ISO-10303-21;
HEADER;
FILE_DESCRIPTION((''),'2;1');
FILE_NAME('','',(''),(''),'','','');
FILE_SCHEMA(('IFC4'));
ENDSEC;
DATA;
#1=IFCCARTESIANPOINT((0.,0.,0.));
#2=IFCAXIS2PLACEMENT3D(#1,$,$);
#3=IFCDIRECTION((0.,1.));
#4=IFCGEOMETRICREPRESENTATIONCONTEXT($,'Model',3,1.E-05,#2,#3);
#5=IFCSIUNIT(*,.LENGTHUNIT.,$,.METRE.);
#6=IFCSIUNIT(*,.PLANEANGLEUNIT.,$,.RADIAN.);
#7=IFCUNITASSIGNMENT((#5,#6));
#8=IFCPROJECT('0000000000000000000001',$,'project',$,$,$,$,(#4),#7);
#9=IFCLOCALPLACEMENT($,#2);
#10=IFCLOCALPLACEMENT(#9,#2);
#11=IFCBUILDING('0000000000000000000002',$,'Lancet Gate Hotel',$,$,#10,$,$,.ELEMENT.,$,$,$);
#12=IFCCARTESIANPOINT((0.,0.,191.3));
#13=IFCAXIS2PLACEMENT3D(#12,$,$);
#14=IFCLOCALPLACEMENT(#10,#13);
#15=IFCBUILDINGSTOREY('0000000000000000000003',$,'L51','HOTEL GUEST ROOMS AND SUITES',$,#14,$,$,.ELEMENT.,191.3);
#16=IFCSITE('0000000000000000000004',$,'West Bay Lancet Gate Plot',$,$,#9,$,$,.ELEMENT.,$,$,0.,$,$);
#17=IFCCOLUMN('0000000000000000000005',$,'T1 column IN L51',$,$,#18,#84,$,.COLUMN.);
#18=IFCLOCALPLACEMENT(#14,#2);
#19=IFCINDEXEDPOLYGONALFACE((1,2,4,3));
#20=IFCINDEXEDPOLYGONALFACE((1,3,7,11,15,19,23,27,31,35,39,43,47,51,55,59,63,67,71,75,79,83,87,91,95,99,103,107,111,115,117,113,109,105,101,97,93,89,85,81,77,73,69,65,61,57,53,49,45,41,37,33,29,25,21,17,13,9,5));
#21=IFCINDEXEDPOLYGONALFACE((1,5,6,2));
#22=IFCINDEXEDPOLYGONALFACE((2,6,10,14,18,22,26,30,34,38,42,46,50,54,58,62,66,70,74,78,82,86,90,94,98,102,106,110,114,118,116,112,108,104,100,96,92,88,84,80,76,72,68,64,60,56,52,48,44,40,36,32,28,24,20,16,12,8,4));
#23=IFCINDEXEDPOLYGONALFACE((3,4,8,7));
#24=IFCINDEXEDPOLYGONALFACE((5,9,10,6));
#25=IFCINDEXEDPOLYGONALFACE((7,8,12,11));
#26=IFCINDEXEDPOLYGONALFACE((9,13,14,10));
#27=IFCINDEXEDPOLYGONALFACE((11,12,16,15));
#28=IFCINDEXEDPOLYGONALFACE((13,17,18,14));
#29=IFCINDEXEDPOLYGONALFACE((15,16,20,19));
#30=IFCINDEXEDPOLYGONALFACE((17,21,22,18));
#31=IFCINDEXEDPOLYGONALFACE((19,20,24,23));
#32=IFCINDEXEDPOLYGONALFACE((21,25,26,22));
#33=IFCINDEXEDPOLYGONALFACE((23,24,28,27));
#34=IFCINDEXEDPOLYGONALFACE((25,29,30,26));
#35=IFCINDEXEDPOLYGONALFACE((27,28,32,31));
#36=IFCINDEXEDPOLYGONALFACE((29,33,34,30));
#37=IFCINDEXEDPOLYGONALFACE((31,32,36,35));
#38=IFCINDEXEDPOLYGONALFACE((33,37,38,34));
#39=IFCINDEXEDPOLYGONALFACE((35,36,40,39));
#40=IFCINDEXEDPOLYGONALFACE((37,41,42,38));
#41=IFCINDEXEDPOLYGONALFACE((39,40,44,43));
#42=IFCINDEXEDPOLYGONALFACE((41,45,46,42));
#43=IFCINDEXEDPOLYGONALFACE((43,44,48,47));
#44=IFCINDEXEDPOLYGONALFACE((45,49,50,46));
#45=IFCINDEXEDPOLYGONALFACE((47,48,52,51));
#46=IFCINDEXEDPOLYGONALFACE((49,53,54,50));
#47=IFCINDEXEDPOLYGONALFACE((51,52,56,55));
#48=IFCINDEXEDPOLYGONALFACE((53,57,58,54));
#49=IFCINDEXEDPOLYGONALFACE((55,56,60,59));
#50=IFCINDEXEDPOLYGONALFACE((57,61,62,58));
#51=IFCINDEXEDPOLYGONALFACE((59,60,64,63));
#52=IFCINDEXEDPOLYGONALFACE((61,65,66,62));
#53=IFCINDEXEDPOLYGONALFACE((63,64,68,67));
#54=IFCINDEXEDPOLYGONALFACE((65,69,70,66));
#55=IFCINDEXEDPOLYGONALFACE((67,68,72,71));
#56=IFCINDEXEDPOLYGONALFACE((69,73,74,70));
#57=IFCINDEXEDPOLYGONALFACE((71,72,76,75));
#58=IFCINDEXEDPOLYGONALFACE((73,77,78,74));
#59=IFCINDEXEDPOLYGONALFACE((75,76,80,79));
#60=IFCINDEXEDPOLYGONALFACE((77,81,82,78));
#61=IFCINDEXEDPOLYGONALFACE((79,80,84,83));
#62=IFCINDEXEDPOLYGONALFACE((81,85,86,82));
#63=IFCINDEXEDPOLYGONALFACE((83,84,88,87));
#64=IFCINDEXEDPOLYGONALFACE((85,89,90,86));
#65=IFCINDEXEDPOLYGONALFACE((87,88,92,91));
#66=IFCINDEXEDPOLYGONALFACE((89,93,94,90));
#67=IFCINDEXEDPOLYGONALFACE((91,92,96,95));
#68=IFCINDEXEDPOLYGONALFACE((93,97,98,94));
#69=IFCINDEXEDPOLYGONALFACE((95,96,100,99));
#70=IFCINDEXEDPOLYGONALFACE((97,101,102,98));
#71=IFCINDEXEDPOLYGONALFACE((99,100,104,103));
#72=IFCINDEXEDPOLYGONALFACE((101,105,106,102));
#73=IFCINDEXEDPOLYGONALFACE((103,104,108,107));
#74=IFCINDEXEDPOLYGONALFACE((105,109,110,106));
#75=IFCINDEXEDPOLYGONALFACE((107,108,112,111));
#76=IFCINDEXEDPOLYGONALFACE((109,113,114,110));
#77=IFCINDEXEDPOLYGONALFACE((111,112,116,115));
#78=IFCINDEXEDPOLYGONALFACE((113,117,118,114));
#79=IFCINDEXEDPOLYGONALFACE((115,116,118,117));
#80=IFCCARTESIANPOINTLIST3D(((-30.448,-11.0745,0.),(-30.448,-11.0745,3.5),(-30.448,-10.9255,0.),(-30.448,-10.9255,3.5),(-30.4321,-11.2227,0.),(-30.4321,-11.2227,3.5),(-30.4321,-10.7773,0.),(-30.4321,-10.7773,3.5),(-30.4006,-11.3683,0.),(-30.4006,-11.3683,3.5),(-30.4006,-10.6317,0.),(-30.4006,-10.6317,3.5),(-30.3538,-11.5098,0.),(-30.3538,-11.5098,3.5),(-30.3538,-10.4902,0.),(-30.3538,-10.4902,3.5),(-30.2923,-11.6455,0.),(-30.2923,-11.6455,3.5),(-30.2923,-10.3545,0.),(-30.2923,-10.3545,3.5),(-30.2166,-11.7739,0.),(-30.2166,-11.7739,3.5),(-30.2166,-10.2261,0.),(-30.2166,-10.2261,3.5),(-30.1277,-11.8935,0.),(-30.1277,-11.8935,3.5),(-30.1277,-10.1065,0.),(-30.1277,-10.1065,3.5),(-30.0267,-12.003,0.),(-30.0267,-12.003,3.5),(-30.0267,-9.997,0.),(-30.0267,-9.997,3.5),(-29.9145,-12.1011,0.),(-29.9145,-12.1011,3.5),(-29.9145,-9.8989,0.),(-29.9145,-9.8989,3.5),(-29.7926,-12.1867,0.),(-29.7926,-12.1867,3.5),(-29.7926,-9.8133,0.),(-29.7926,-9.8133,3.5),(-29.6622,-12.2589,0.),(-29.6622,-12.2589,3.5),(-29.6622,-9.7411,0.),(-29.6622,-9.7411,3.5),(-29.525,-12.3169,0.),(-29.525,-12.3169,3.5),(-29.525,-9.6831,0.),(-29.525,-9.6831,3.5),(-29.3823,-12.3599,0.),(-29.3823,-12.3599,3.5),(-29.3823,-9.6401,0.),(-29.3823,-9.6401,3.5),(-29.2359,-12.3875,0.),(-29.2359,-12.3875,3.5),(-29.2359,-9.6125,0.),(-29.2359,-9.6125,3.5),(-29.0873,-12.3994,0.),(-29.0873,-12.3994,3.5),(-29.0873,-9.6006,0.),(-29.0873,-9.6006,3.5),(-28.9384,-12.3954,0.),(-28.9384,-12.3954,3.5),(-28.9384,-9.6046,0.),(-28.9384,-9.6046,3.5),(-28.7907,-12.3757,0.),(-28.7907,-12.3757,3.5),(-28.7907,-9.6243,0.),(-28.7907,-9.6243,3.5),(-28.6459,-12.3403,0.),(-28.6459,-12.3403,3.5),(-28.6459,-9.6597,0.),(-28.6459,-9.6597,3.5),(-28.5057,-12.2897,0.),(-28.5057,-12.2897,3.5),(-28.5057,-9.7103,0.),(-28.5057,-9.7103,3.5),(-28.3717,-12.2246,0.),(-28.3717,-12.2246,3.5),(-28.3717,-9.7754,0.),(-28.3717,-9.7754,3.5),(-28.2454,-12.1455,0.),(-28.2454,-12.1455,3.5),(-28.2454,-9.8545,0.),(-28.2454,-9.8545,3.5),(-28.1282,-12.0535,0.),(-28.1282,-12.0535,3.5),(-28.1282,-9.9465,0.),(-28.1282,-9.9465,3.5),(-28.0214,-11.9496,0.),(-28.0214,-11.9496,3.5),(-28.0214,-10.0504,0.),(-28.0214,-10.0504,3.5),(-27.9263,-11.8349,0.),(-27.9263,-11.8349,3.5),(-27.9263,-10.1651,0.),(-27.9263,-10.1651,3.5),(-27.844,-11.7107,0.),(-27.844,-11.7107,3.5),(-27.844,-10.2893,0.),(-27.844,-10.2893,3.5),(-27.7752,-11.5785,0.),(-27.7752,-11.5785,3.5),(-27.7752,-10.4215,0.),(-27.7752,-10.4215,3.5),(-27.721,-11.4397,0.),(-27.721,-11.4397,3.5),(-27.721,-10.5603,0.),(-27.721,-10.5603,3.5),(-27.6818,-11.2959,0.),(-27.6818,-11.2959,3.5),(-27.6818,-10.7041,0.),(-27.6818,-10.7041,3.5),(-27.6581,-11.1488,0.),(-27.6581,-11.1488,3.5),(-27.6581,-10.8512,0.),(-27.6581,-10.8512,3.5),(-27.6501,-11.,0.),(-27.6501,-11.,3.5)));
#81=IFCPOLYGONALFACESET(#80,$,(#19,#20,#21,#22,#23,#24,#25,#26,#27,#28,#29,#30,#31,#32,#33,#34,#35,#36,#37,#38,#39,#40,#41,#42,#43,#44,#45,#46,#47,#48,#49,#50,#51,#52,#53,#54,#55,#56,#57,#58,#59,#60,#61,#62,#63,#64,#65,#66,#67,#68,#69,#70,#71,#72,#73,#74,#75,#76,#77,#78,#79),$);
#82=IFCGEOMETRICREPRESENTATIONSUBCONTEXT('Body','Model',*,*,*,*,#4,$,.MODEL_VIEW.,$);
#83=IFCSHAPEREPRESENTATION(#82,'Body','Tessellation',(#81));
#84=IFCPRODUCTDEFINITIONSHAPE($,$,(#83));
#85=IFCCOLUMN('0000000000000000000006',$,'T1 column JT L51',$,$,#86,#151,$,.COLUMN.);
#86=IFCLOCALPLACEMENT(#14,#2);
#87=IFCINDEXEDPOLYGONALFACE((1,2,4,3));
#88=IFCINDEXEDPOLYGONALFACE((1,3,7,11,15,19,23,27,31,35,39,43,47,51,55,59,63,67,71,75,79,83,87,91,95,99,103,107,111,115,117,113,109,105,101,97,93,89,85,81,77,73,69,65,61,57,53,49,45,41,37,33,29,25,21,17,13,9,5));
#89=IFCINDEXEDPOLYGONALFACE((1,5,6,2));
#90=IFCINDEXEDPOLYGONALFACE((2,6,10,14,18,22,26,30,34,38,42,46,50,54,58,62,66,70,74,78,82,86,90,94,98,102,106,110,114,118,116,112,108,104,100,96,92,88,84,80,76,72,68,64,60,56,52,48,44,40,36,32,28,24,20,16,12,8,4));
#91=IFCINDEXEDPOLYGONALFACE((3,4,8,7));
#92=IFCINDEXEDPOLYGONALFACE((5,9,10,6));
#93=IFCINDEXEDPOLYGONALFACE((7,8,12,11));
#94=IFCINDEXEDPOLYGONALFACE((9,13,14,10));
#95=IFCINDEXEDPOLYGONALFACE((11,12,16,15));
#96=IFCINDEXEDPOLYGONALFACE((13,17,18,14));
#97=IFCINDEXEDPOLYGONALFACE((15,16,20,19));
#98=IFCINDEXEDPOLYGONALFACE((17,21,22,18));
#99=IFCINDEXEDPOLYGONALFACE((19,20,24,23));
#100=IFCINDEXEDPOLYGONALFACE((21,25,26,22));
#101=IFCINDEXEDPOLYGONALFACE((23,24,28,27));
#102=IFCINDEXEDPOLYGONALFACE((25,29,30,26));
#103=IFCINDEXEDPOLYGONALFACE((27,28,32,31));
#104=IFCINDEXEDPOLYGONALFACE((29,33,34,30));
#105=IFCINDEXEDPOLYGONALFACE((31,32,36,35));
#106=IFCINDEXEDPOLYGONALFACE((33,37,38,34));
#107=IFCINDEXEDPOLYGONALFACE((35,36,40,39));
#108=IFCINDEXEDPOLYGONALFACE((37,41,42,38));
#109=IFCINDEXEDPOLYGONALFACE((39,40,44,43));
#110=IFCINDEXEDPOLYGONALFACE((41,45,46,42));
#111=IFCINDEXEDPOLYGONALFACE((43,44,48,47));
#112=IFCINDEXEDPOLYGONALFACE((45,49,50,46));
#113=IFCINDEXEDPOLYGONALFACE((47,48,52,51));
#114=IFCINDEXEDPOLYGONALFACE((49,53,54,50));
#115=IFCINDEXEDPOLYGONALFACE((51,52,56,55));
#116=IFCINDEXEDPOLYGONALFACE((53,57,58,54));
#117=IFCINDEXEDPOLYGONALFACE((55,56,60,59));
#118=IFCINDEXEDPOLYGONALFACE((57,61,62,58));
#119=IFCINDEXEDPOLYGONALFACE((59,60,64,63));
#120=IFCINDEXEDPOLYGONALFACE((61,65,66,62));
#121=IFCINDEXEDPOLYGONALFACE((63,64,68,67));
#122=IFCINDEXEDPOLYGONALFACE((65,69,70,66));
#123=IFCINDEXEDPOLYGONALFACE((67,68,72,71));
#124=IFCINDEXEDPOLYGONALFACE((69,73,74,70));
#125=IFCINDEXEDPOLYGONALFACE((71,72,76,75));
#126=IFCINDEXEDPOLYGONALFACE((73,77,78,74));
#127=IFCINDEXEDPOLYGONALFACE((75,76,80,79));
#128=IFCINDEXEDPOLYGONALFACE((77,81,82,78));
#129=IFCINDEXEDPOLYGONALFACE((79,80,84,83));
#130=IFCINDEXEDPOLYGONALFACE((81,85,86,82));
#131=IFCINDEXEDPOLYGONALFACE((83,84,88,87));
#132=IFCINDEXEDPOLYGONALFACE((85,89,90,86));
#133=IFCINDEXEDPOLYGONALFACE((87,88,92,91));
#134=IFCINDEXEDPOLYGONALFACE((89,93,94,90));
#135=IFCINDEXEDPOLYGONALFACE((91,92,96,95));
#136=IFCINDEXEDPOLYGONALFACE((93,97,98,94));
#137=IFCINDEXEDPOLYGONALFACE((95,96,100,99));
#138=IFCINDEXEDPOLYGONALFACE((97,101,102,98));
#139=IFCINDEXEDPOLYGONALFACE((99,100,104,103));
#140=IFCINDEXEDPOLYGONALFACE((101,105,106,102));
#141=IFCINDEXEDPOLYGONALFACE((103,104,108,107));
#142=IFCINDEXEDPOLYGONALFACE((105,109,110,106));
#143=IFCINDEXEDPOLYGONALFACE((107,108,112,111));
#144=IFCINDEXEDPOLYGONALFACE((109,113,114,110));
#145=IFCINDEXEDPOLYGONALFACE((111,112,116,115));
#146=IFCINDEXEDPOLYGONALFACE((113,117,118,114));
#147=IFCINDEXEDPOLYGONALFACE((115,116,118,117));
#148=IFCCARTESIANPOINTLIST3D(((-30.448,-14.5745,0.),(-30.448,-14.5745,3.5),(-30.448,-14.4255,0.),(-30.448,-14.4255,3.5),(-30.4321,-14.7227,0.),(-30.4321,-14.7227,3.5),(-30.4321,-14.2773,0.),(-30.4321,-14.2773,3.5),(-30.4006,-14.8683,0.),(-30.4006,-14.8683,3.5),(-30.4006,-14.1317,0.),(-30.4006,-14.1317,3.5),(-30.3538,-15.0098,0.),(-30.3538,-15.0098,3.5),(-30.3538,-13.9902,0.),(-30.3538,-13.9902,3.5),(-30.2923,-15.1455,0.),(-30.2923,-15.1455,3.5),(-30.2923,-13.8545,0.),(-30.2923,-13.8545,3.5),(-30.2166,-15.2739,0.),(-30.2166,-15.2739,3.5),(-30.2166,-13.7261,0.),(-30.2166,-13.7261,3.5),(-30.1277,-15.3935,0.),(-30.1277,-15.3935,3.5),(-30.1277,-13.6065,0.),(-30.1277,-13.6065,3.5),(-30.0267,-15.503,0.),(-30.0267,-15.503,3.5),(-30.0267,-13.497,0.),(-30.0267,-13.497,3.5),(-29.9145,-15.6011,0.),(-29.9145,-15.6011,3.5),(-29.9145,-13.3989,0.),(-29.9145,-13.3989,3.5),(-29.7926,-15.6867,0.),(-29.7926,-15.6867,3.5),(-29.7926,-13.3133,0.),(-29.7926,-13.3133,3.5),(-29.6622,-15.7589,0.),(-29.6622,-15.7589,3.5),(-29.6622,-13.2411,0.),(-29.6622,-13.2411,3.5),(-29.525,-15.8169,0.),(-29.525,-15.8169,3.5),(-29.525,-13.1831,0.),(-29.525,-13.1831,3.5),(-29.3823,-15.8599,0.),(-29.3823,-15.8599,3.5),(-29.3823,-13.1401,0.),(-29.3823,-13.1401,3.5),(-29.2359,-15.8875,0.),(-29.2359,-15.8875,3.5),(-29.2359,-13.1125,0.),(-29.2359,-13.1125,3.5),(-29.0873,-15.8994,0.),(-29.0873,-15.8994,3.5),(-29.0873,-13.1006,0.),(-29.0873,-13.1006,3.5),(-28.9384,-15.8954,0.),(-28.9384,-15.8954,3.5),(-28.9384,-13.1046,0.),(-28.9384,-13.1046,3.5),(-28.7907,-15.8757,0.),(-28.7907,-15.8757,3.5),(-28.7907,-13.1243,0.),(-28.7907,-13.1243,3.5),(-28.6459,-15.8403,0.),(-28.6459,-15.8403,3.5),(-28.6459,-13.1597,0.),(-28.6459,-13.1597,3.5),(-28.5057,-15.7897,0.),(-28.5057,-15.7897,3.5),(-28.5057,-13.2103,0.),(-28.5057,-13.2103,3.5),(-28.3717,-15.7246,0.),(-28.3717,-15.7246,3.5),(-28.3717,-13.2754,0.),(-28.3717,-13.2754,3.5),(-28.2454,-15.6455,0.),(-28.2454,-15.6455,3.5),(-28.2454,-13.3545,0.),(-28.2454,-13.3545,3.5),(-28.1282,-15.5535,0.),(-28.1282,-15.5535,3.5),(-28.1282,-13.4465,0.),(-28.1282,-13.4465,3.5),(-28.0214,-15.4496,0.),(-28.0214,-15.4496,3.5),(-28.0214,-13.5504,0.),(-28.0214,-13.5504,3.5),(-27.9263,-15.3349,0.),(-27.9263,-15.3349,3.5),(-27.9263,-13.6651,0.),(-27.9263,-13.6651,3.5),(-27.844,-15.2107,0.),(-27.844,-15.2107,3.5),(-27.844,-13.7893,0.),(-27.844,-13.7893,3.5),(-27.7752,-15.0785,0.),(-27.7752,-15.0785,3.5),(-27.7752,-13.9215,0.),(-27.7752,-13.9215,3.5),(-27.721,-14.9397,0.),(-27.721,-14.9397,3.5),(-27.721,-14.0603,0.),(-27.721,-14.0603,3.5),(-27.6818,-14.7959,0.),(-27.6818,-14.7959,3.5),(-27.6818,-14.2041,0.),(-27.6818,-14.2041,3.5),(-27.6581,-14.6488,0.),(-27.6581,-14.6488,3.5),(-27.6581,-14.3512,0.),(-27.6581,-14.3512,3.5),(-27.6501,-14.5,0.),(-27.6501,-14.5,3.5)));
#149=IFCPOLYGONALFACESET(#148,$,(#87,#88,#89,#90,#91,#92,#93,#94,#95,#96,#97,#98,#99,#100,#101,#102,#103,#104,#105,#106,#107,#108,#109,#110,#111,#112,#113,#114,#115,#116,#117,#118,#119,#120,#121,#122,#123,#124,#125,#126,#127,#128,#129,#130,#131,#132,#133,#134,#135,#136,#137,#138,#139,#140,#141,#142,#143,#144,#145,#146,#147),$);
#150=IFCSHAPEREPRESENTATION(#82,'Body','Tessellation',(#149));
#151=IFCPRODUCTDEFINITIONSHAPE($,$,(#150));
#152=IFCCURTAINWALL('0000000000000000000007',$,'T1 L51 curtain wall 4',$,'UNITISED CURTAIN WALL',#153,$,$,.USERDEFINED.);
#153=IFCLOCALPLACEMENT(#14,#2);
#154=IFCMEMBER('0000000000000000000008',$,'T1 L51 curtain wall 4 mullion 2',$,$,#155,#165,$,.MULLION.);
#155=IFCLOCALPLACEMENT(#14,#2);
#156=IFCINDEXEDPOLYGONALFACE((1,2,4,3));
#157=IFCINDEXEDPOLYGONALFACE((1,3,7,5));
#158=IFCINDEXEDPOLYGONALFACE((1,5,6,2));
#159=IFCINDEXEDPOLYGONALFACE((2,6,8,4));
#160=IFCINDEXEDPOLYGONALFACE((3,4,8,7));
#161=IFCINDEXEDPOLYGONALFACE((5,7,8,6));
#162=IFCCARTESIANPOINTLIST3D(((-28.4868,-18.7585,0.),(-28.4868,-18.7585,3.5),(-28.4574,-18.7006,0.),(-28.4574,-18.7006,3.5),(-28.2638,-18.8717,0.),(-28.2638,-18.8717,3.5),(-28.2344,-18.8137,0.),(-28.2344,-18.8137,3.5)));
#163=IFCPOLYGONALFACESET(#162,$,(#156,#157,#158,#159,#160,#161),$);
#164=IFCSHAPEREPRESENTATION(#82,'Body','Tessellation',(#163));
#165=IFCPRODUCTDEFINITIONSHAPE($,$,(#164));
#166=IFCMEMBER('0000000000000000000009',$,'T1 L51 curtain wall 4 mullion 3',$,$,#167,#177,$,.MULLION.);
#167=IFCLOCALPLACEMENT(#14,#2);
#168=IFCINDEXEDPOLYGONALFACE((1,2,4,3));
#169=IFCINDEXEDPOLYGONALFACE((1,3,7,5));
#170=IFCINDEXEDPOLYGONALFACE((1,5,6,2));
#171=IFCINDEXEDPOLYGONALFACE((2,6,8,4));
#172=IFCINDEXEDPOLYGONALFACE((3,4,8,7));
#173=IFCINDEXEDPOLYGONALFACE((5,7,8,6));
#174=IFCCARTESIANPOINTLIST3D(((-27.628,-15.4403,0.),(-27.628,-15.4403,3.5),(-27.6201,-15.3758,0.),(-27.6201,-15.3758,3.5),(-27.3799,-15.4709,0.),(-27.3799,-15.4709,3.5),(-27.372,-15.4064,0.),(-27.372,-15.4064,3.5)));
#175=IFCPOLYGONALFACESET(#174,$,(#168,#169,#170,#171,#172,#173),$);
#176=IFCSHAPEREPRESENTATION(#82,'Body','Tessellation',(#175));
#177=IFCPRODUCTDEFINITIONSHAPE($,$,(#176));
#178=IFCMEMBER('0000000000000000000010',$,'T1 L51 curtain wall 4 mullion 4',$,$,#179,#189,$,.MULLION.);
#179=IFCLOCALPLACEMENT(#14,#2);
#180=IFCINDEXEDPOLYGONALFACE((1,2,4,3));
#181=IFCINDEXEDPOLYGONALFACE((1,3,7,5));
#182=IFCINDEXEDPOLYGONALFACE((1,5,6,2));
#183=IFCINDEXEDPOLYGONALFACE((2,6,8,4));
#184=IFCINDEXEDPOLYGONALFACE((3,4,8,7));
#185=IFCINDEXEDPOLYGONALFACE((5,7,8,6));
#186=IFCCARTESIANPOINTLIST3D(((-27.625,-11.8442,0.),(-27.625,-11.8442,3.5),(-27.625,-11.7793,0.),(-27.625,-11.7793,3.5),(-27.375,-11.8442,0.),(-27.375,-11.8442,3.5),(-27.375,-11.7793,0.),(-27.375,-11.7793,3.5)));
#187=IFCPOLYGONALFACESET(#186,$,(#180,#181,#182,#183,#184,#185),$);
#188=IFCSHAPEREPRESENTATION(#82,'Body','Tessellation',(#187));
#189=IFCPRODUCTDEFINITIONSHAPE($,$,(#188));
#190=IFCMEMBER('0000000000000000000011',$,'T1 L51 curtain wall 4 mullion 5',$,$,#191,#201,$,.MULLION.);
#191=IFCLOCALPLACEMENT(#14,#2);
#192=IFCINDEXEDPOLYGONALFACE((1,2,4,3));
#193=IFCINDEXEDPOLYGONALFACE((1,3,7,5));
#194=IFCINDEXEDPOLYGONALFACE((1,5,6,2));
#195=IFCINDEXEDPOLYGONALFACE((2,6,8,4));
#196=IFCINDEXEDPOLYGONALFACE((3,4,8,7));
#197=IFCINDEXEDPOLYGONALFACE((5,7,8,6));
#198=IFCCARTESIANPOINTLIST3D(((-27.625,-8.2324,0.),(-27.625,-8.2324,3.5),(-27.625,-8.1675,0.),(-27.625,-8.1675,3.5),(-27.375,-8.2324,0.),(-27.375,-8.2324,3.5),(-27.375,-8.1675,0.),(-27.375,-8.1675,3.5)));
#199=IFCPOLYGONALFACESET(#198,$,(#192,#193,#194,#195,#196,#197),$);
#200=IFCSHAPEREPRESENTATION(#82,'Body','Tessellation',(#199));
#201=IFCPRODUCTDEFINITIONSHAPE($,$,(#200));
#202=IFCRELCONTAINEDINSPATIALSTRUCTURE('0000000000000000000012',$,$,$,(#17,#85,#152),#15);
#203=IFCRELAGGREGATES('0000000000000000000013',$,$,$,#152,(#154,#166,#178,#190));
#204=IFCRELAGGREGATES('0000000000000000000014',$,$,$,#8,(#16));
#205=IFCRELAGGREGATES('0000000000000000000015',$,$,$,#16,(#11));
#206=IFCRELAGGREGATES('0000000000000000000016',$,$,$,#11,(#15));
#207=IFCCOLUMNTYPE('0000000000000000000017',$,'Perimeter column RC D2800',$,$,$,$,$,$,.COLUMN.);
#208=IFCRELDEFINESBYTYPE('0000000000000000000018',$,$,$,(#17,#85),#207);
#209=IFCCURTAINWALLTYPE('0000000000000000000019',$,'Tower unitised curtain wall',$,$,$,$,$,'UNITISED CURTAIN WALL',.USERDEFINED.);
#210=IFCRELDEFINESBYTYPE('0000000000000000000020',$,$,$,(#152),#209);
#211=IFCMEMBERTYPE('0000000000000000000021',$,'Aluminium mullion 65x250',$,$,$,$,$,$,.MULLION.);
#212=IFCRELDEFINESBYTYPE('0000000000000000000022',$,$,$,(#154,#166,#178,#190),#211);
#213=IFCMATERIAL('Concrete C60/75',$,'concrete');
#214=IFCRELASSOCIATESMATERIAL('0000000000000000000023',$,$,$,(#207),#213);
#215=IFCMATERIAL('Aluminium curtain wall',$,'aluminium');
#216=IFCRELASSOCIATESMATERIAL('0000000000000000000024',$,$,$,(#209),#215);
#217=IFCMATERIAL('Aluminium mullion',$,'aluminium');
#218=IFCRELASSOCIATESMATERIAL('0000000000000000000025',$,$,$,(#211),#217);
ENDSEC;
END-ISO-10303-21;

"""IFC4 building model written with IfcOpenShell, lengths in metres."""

from ifc_helpers import new_model, si_unit, direction, frame, origin, origin_2d, place, context, subcontext, project, spatial, rectangle, circle, extrude, material, material_profile, profile_set, type_object, element, aggregate, save


model = new_model("IFC4")

# Units and contexts
model_context = context("Model", 3, precision=1e-05, world=origin(), true_north=direction((0.0, 1.0)))
body_context = subcontext(model_context, "Body", "Model", "MODEL_VIEW")
ifc_project = project(units=[si_unit("LENGTHUNIT", "METRE"), si_unit("PLANEANGLEUNIT", "RADIAN")], contexts=[model_context])

# Site, building, storey
site_placement = place(None, origin())
site = spatial("IfcSite", under=ifc_project, at=site_placement, Name="West Bay Lancet Gate Plot", CompositionType="ELEMENT", RefElevation=0.0)
building_placement = place(site_placement, origin())
building = spatial("IfcBuilding", under=site, at=building_placement, Name="Lancet Gate Hotel", CompositionType="ELEMENT")
storey_placement = place(building_placement, frame((0.0, 0.0, 191.3)))
storey = spatial("IfcBuildingStorey", under=building, at=storey_placement, Name="L51", Description="HOTEL GUEST ROOMS AND SUITES", CompositionType="ELEMENT", Elevation=191.3)

# Columns
ifc_material_1 = material(Name="Concrete C60/75", Category="concrete")
ifc_material_profile_1 = material_profile(ifc_material_1, circle(Radius=1.3999, at=origin_2d()), Name="RC D2800")
ifc_profile_set_1 = profile_set([ifc_material_profile_1], Name="Concrete C60/75")
column_type = type_object("IfcColumnType", Name="Perimeter column RC D2800", PredefinedType="COLUMN", material=ifc_profile_set_1)
for number, where, z_axis, x_axis, name in (
    (1, (-29.05, -11.0, 0.0), (0.0, 0.0, 1.0), (1.0, 0.0, 0.0), "T1 column IN L51"),
    (2, (-29.05, -14.5, 0.0), (0.0, 0.0, 1.0), (1.0, 0.0, 0.0), "T1 column JT L51"),
):
    element("IfcColumn", number, at=place(storey_placement, frame(where, z_axis=z_axis, x_axis=x_axis)), inside=storey, type_object=column_type, Name=name, PredefinedType="COLUMN", context=body_context, shape_type="SweptSolid", body=[
        extrude(circle(Radius=1.3999, at=origin_2d()), origin(), (0.0, 0.0, 1.0), 3.5),
    ])

# Curtain wall, members
ifc_material_2 = material(Name="Aluminium curtain wall", Category="aluminium")
curtain_wall_type = type_object("IfcCurtainWallType", Name="Tower unitised curtain wall", ElementType="UNITISED CURTAIN WALL", PredefinedType="USERDEFINED", material=ifc_material_2)
curtain_wall_placement = place(storey_placement, origin())
curtain_wall = element("IfcCurtainWall", 3, at=curtain_wall_placement, inside=storey, type_object=curtain_wall_type, Name="T1 L51 curtain wall 4", ObjectType="UNITISED CURTAIN WALL", PredefinedType="USERDEFINED")
ifc_material_3 = material(Name="Aluminium mullion", Category="aluminium")
ifc_material_profile_2 = material_profile(ifc_material_3, rectangle(XDim=0.0649, YDim=0.25, at=origin_2d()), Name="MULLION 65x250")
ifc_profile_set_2 = profile_set([ifc_material_profile_2], Name="Aluminium mullion")
member_type_1 = type_object("IfcMemberType", Name="Aluminium mullion 65x250", PredefinedType="MULLION", material=ifc_profile_set_2)
member_1_placement = place(storey_placement, frame((-28.3606, -18.7861, 0.0), z_axis=(0.0, 0.0, 1.0), x_axis=(0.452508, 0.891761, 0.0)))
member_1 = element("IfcMember", 4, at=member_1_placement, type_object=member_type_1, Name="T1 L51 curtain wall 4 mullion 2", PredefinedType="MULLION", context=body_context, shape_type="SweptSolid", body=[
    extrude(rectangle(XDim=0.0649, YDim=0.25, at=origin_2d()), origin(), (0.0, 0.0, 1.0), 3.5),
])
member_2_placement = place(storey_placement, frame((-27.5, -15.4233, 0.0), z_axis=(0.0, 0.0, 1.0), x_axis=(0.122467, 0.992473, 0.0)))
member_2 = element("IfcMember", 5, at=member_2_placement, type_object=member_type_1, Name="T1 L51 curtain wall 4 mullion 3", PredefinedType="MULLION", context=body_context, shape_type="SweptSolid", body=[
    extrude(rectangle(XDim=0.0649, YDim=0.25, at=origin_2d()), origin(), (0.0, 0.0, 1.0), 3.5),
])
member_3_placement = place(storey_placement, frame((-27.5, -11.8118, 0.0), z_axis=(0.0, 0.0, 1.0), x_axis=(0.0, 1.0, 0.0)))
member_3 = element("IfcMember", 6, at=member_3_placement, type_object=member_type_1, Name="T1 L51 curtain wall 4 mullion 4", PredefinedType="MULLION", context=body_context, shape_type="SweptSolid", body=[
    extrude(rectangle(XDim=0.0649, YDim=0.25, at=origin_2d()), origin(), (0.0, 0.0, 1.0), 3.5),
])
member_4_placement = place(storey_placement, frame((-27.5, -8.2, 0.0), z_axis=(0.0, 0.0, 1.0), x_axis=(0.0, 1.0, 0.0)))
member_4 = element("IfcMember", 7, at=member_4_placement, type_object=member_type_1, Name="T1 L51 curtain wall 4 mullion 5", PredefinedType="MULLION", context=body_context, shape_type="SweptSolid", body=[
    extrude(rectangle(XDim=0.0649, YDim=0.25, at=origin_2d()), origin(), (0.0, 0.0, 1.0), 3.5),
])

aggregate(curtain_wall, [member_1, member_2, member_3, member_4])

save(model, "model.ifc")
